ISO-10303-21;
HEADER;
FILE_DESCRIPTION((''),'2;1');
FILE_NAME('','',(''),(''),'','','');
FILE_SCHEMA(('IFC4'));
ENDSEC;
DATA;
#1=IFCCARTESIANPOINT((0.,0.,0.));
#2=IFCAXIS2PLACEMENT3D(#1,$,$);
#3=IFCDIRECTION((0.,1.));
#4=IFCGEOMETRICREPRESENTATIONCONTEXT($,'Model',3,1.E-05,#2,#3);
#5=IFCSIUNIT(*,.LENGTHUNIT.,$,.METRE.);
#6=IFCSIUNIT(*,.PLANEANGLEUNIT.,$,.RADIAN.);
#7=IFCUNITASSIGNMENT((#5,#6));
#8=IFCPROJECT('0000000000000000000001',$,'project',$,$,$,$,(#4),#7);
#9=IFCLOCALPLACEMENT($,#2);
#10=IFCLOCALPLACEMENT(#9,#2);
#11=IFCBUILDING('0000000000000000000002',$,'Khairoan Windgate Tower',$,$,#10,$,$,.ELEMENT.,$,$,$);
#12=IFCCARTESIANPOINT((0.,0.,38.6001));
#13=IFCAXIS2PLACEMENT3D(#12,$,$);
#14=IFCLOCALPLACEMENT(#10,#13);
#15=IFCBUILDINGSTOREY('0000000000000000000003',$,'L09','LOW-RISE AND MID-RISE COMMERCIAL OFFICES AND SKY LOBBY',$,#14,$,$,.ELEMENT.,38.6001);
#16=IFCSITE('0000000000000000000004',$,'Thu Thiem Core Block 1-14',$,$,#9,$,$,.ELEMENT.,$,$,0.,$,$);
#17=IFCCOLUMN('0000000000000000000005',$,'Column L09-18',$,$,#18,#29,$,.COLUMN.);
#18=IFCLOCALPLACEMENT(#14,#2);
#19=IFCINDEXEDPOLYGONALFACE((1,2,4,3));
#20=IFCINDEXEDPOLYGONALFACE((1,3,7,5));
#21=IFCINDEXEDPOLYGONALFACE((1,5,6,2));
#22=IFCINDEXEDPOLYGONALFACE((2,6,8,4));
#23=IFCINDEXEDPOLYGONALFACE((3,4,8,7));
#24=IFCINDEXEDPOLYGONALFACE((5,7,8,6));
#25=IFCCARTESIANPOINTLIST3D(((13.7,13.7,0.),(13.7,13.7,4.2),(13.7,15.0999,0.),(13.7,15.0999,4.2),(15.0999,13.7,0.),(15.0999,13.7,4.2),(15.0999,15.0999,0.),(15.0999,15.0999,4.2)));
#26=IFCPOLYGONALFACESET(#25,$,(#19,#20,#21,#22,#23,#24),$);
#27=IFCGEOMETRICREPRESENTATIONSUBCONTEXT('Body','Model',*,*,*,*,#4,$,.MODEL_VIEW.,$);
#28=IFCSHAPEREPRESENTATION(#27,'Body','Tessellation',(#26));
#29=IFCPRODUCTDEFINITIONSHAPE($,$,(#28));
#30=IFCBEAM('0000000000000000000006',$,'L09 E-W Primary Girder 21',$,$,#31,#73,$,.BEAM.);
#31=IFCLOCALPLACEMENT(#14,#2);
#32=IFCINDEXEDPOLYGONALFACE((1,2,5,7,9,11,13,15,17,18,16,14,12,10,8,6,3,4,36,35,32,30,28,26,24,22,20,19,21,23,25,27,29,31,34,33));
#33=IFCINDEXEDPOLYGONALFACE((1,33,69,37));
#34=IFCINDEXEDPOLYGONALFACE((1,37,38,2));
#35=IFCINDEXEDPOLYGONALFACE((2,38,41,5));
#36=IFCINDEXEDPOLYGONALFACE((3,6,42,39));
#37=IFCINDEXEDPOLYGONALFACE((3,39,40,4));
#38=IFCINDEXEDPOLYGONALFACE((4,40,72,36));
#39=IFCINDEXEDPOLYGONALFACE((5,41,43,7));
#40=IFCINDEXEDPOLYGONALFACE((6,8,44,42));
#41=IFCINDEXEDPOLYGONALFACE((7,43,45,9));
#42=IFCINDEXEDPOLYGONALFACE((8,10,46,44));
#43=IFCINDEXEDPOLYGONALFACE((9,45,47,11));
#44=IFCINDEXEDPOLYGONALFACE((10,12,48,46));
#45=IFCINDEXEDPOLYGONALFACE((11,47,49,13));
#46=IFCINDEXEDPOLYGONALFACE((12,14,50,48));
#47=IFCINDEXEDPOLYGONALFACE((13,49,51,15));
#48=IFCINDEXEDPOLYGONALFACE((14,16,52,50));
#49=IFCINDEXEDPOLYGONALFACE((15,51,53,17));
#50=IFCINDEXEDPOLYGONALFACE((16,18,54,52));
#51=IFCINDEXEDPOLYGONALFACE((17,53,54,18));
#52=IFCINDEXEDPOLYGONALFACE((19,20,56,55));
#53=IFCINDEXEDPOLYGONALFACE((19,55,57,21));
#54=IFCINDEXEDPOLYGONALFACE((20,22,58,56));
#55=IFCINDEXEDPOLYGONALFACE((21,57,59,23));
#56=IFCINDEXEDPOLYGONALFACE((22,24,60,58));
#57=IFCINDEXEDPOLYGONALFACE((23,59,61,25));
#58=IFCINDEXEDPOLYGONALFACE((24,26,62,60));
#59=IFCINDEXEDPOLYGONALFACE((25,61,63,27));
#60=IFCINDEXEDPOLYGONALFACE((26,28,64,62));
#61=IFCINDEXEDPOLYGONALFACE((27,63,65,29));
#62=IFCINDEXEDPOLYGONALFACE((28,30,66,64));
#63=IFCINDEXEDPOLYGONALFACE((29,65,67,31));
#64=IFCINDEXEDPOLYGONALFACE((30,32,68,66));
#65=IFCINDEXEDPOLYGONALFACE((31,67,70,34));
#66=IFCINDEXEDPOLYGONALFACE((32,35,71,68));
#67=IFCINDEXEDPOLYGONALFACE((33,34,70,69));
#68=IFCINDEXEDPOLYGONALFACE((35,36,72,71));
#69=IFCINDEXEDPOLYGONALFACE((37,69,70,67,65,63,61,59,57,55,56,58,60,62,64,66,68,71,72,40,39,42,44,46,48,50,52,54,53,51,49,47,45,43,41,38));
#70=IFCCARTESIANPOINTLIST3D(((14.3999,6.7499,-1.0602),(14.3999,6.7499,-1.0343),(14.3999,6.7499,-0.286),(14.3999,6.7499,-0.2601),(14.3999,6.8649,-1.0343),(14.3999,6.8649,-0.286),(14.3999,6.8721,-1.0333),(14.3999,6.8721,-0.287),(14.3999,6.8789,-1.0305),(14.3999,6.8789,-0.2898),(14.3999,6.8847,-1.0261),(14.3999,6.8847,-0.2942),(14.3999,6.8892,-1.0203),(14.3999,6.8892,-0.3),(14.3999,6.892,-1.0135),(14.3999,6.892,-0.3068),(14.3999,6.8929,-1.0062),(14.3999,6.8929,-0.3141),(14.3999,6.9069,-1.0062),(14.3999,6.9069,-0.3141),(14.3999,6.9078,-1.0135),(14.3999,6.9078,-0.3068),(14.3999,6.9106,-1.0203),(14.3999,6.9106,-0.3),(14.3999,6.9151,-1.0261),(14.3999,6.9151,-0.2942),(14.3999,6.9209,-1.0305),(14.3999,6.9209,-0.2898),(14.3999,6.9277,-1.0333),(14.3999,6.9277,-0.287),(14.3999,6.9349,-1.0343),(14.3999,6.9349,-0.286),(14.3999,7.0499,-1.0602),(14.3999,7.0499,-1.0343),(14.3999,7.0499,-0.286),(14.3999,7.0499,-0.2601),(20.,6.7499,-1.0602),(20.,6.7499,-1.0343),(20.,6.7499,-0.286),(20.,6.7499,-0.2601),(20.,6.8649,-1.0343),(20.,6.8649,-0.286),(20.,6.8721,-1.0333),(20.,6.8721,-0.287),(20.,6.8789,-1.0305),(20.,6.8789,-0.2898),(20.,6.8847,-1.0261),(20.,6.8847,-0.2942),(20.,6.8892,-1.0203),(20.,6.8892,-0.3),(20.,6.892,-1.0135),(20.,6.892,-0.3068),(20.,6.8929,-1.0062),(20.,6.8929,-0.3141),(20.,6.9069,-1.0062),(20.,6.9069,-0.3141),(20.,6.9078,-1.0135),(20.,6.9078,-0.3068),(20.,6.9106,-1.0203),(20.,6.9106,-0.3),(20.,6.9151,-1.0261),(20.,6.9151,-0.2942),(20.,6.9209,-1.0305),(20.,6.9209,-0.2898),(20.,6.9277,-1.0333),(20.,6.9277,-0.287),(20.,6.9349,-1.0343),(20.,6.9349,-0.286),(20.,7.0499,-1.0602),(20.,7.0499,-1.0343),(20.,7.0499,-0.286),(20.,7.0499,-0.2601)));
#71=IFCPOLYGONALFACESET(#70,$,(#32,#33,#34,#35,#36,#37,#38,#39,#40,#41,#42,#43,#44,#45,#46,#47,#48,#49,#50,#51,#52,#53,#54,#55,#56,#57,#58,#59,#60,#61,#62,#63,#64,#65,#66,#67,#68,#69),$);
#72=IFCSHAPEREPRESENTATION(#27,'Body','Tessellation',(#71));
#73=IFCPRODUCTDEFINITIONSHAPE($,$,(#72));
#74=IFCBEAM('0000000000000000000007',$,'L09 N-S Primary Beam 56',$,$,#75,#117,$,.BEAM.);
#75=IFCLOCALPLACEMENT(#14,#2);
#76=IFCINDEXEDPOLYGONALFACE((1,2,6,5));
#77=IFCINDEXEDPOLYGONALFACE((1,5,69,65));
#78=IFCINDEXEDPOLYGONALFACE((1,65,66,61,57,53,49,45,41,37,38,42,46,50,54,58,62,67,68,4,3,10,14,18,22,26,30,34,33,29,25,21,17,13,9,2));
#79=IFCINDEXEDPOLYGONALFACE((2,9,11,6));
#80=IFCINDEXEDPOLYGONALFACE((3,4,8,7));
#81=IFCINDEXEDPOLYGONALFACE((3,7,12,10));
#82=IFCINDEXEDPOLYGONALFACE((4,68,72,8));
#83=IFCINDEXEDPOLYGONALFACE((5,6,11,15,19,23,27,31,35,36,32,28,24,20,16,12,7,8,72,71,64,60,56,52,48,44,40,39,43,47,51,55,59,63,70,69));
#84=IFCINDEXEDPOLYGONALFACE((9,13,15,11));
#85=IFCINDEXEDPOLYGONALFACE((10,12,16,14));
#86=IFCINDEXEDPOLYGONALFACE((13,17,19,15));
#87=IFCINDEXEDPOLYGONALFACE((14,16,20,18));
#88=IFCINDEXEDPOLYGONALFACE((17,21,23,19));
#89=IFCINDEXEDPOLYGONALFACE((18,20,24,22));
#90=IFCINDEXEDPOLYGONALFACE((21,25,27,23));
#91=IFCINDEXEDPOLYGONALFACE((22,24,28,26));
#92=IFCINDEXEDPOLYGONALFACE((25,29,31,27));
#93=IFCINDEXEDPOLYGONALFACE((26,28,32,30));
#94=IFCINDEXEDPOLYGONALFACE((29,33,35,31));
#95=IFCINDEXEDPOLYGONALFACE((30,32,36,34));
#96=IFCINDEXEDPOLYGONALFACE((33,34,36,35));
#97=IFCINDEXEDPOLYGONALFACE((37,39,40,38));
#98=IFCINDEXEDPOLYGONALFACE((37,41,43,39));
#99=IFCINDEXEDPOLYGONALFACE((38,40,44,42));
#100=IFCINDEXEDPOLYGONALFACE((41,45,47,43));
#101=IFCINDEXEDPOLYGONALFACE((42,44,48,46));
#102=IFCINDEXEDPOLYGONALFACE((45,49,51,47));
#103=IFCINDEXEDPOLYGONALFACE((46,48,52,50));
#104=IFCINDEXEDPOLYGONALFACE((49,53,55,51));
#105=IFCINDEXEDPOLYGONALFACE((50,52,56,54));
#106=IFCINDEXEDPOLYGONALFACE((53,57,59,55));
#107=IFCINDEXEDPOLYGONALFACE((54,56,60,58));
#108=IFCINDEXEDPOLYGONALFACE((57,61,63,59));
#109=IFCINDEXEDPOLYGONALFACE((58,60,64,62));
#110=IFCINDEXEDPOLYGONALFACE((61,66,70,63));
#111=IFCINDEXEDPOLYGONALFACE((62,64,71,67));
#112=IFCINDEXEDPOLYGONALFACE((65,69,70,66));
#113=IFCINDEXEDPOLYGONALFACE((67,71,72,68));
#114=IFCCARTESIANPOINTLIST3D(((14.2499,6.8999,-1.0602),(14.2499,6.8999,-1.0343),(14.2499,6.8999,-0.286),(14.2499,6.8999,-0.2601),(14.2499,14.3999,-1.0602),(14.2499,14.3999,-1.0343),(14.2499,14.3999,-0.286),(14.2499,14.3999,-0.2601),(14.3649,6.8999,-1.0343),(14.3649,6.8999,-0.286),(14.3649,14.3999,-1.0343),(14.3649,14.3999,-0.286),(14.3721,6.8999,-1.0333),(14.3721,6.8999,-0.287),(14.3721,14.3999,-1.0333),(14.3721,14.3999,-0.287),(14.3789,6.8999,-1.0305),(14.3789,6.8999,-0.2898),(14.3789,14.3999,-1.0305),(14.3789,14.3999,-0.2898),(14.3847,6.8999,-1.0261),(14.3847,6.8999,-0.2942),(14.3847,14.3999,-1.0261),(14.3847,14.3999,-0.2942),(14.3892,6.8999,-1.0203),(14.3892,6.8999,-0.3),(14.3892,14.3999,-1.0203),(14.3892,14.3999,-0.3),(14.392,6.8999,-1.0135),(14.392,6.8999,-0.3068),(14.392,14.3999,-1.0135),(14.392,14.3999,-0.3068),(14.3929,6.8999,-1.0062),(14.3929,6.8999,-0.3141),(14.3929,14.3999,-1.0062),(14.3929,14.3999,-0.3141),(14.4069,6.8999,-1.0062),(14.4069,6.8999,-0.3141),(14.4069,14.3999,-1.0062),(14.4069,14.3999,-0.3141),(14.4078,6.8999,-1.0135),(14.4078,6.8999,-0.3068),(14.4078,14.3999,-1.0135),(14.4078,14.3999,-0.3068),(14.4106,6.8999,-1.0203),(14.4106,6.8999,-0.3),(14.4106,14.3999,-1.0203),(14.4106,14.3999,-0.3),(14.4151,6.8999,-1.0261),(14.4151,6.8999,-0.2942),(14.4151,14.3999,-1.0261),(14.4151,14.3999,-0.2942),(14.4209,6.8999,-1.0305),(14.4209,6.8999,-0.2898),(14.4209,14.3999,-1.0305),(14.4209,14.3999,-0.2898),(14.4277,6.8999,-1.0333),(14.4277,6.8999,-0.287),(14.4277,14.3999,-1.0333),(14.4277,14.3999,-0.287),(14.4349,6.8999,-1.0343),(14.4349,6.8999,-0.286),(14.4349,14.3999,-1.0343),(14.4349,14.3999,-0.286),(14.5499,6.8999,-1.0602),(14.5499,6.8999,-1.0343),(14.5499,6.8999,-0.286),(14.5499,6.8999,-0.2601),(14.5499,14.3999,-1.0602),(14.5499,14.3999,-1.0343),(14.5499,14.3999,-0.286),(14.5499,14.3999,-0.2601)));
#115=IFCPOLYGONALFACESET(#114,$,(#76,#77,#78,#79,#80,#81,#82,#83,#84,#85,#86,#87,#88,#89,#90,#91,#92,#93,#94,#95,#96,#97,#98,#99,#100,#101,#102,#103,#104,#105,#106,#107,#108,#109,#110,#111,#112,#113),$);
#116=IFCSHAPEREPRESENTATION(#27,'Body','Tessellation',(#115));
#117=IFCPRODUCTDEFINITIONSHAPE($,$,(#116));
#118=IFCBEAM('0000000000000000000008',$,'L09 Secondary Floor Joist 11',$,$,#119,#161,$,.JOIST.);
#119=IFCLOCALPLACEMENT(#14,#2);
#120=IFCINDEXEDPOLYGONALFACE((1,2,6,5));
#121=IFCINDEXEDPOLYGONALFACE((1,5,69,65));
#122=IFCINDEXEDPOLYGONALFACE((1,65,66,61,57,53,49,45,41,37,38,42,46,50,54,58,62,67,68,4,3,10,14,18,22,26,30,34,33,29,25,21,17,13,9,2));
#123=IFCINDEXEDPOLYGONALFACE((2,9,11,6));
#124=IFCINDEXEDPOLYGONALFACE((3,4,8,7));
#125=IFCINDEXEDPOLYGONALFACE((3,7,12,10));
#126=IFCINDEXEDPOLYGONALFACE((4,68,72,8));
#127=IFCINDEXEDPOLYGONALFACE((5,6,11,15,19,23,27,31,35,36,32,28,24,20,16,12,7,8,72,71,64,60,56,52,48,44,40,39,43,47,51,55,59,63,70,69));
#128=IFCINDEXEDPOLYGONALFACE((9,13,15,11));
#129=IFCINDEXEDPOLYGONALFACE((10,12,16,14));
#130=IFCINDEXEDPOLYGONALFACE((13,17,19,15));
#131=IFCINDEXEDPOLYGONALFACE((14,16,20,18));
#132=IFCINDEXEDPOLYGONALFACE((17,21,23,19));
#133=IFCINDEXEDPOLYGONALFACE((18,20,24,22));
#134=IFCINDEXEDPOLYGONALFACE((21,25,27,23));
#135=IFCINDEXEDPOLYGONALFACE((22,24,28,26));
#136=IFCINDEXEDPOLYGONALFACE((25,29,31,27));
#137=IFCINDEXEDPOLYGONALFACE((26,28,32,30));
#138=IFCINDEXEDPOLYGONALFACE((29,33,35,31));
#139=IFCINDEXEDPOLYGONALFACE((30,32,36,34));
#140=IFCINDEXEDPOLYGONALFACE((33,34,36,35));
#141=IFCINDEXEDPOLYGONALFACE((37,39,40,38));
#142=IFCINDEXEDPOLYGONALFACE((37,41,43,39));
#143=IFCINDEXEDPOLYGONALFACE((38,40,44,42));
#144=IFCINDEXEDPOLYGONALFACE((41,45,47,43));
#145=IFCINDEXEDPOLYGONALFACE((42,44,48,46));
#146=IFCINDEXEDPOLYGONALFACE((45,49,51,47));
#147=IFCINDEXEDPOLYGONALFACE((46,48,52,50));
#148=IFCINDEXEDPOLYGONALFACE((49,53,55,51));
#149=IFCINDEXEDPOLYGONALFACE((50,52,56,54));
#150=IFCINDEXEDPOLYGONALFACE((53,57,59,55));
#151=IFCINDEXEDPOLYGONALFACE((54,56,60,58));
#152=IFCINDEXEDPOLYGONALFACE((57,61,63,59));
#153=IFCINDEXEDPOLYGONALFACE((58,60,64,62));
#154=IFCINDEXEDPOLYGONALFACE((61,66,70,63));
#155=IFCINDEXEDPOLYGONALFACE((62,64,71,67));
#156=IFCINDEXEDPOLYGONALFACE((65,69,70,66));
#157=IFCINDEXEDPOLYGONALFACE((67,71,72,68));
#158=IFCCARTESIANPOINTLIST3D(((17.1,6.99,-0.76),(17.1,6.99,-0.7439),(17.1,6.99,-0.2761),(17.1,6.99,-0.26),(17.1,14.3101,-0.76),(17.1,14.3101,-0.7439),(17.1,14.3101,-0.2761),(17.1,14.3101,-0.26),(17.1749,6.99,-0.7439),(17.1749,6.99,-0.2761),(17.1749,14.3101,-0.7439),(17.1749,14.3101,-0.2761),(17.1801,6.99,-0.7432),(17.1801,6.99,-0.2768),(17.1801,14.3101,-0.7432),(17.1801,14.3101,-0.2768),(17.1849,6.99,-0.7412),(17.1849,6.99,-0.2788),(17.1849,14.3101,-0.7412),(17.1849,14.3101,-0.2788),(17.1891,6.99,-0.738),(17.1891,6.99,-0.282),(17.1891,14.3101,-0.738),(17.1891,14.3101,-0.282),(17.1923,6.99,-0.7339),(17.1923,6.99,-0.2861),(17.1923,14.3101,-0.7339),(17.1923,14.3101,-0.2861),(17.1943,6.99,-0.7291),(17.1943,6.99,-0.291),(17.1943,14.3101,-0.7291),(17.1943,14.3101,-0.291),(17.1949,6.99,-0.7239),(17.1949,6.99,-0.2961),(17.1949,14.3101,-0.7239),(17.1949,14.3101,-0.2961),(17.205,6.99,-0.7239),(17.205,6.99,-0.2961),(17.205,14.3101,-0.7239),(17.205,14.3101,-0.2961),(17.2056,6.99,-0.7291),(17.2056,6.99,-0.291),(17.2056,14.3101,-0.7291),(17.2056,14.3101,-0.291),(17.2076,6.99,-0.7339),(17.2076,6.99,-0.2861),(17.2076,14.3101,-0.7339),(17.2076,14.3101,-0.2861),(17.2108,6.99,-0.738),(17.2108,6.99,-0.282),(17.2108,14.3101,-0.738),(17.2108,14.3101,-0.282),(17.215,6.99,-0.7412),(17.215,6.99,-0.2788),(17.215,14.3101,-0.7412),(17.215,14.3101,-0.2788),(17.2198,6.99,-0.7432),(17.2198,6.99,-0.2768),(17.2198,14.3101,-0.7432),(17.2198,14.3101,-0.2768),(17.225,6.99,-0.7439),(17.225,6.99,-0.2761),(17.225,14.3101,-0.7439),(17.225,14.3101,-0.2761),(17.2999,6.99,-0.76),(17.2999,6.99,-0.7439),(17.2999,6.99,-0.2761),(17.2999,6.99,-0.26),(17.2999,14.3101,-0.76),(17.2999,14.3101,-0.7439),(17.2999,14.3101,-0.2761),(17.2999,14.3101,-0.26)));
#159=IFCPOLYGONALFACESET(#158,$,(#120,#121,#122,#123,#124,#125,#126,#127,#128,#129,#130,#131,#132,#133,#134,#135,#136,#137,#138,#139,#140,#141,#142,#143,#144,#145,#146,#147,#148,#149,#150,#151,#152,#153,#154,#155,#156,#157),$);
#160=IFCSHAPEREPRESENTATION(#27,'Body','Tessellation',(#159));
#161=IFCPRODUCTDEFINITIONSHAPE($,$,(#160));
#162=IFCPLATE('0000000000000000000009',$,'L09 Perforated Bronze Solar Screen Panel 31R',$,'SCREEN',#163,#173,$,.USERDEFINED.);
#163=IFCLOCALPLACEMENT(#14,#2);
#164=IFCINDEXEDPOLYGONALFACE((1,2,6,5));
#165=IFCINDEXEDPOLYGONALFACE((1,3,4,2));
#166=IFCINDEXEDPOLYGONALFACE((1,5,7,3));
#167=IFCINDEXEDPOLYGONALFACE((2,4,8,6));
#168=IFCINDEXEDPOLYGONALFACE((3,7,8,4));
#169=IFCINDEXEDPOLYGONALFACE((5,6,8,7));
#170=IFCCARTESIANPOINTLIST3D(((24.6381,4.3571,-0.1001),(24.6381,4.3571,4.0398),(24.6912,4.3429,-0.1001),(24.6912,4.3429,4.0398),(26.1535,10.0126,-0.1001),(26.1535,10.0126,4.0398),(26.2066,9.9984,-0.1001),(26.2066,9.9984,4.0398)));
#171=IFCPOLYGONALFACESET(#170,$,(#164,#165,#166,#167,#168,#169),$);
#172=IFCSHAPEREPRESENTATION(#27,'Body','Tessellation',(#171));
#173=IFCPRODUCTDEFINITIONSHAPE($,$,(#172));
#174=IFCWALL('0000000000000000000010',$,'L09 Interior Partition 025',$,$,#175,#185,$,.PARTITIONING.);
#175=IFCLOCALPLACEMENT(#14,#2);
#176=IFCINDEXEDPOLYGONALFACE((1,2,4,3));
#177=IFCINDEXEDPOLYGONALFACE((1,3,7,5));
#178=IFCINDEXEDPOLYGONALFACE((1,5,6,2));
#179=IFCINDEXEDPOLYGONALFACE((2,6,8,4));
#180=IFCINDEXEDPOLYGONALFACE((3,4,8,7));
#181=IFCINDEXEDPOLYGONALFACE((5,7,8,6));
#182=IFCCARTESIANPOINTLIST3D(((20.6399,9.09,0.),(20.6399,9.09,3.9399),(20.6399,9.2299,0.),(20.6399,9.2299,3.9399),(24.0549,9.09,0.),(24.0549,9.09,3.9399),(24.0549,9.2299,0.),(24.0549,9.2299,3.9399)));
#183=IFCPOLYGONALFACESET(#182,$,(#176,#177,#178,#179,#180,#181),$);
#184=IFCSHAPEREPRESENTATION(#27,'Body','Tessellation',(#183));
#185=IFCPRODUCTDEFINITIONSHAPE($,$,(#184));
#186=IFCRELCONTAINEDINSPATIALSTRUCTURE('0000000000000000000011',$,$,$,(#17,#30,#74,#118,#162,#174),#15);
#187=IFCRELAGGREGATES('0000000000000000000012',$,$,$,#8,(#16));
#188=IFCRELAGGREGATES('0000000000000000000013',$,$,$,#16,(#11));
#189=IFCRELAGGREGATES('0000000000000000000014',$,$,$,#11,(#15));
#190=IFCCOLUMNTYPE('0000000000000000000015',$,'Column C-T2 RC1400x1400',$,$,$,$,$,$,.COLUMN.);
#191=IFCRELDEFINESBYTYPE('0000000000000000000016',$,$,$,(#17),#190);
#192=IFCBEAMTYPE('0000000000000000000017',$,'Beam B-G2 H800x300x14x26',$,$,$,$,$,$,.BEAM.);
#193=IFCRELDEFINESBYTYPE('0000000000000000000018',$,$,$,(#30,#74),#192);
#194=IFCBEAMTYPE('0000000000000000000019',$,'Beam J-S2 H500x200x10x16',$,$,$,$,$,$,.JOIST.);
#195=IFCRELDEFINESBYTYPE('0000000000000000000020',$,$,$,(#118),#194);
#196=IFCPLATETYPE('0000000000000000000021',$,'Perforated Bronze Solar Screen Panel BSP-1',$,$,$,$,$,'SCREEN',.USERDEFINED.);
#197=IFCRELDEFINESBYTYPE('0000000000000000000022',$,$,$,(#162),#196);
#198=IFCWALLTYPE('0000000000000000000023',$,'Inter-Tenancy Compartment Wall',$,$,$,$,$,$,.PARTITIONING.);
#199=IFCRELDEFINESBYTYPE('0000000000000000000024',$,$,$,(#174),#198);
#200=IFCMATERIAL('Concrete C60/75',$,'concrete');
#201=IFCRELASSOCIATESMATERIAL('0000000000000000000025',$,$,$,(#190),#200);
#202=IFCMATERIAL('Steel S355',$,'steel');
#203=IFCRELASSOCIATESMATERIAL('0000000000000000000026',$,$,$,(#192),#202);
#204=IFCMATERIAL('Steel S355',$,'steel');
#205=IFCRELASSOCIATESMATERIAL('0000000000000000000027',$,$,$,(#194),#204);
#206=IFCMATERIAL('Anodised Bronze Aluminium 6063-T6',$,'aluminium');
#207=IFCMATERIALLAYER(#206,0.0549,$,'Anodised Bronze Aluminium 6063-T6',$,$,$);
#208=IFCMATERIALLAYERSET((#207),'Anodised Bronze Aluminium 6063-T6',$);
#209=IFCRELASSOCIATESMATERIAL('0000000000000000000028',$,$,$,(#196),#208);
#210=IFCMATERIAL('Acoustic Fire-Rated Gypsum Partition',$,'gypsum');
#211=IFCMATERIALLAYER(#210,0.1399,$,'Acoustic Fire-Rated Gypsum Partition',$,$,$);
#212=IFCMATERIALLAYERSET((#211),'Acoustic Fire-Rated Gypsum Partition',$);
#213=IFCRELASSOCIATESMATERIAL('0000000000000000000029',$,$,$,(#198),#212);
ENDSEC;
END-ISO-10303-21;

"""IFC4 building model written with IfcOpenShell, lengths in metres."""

from ifc_helpers import new_model, si_unit, direction, frame, frame_2d, origin, origin_2d, place, context, subcontext, project, spatial, rectangle, i_section, extrude, material, layer, layer_set, material_profile, profile_set, type_object, element, save


model = new_model("IFC4")

# Units and contexts
model_context = context("Model", 3, precision=1e-05, world=origin(), true_north=direction((0.0, 1.0)))
body_context = subcontext(model_context, "Body", "Model", "MODEL_VIEW")
ifc_project = project(units=[si_unit("LENGTHUNIT", "METRE"), si_unit("PLANEANGLEUNIT", "RADIAN")], contexts=[model_context])

# Site, building, storey
site_placement = place(None, origin())
site = spatial("IfcSite", under=ifc_project, at=site_placement, Name="Thu Thiem Core Block 1-14", CompositionType="ELEMENT", RefElevation=0.0)
building_placement = place(site_placement, origin())
building = spatial("IfcBuilding", under=site, at=building_placement, Name="Khairoan Windgate Tower", CompositionType="ELEMENT")
storey_placement = place(building_placement, frame((0.0, 0.0, 38.6001)))
storey = spatial("IfcBuildingStorey", under=building, at=storey_placement, Name="L09", Description="LOW-RISE AND MID-RISE COMMERCIAL OFFICES AND SKY LOBBY", CompositionType="ELEMENT", Elevation=38.6001)

# Column
ifc_material_1 = material(Name="Concrete C60/75", Category="concrete")
ifc_material_profile_1 = material_profile(ifc_material_1, rectangle(XDim=1.3999, YDim=1.3999, at=origin_2d()))
ifc_profile_set_1 = profile_set([ifc_material_profile_1], Name="Concrete C60/75")
column_type = type_object("IfcColumnType", Name="Column C-T2 RC1400x1400", PredefinedType="COLUMN", material=ifc_profile_set_1)
column_placement = place(storey_placement, frame((14.3999, 14.3999, 0.0), z_axis=(0.0, 0.0, 1.0), x_axis=(1.0, 0.0, 0.0)))
element("IfcColumn", 1, at=column_placement, inside=storey, type_object=column_type, Name="Column L09-18", PredefinedType="COLUMN", context=body_context, shape_type="SweptSolid", body=[
    extrude(rectangle(XDim=1.3999, YDim=1.3999, at=origin_2d()), origin(), (0.0, 0.0, 1.0), 4.2),
])

# Beams
ifc_material_2 = material(Name="Steel S355", Category="steel")
ifc_material_profile_2 = material_profile(ifc_material_2, i_section(OverallWidth=0.3, OverallDepth=0.8, WebThickness=0.0139, FlangeThickness=0.0259, FilletRadius=0.0281, at=origin_2d()))
ifc_profile_set_2 = profile_set([ifc_material_profile_2], Name="Steel S355")
beam_type_1 = type_object("IfcBeamType", Name="Beam B-G2 H800x300x14x26", PredefinedType="BEAM", material=ifc_profile_set_2)
beam_1_placement = place(storey_placement, frame((14.3999, 6.8999, -0.6602), z_axis=(1.0, 0.0, 0.0), x_axis=(0.0, 1.0, 0.0)))
element("IfcBeam", 2, at=beam_1_placement, inside=storey, type_object=beam_type_1, Name="L09 E-W Primary Girder 21", PredefinedType="BEAM", context=body_context, shape_type="SweptSolid", body=[
    extrude(i_section(OverallWidth=0.3, OverallDepth=0.8, WebThickness=0.0139, FlangeThickness=0.0259, FilletRadius=0.0281, at=origin_2d()), origin(), (0.0, 0.0, 1.0), 5.6001),
])
beam_2_placement = place(storey_placement, frame((14.3999, 6.8999, -0.6602), z_axis=(0.0, 1.0, 0.0), x_axis=(-1.0, 0.0, 0.0)))
element("IfcBeam", 3, at=beam_2_placement, inside=storey, type_object=beam_type_1, Name="L09 N-S Primary Beam 56", PredefinedType="BEAM", context=body_context, shape_type="SweptSolid", body=[
    extrude(i_section(OverallWidth=0.3, OverallDepth=0.8, WebThickness=0.0139, FlangeThickness=0.0259, FilletRadius=0.0281, at=origin_2d()), origin(), (0.0, 0.0, 1.0), 7.5),
])
ifc_material_3 = material(Name="Steel S355", Category="steel")
ifc_material_profile_3 = material_profile(ifc_material_3, i_section(OverallWidth=0.2, OverallDepth=0.5, WebThickness=0.01, FlangeThickness=0.0161, FilletRadius=0.02, at=origin_2d()))
ifc_profile_set_3 = profile_set([ifc_material_profile_3], Name="Steel S355")
beam_type_2 = type_object("IfcBeamType", Name="Beam J-S2 H500x200x10x16", PredefinedType="JOIST", material=ifc_profile_set_3)
beam_3_placement = place(storey_placement, frame((17.2, 6.99, -0.51), z_axis=(0.0, 1.0, 0.0), x_axis=(-1.0, 0.0, 0.0)))
element("IfcBeam", 4, at=beam_3_placement, inside=storey, type_object=beam_type_2, Name="L09 Secondary Floor Joist 11", PredefinedType="JOIST", context=body_context, shape_type="SweptSolid", body=[
    extrude(i_section(OverallWidth=0.2, OverallDepth=0.5, WebThickness=0.01, FlangeThickness=0.0161, FilletRadius=0.02, at=origin_2d()), origin(), (0.0, 0.0, 1.0), 7.3201),
])

# Plate
ifc_material_4 = material(Name="Anodised Bronze Aluminium 6063-T6", Category="aluminium")
ifc_layer_1 = layer(ifc_material_4, 0.0549, Name="Anodised Bronze Aluminium 6063-T6")
ifc_layer_set_1 = layer_set([ifc_layer_1], Name="Anodised Bronze Aluminium 6063-T6")
plate_type = type_object("IfcPlateType", Name="Perforated Bronze Solar Screen Panel BSP-1", ElementType="SCREEN", PredefinedType="USERDEFINED", material=ifc_layer_set_1)
plate_placement = place(storey_placement, frame((25.4224, 7.1777, -0.1001), z_axis=(0.0, 0.0, 1.0), x_axis=(-0.258819, -0.965926, 0.0)))
element("IfcPlate", 5, at=plate_placement, inside=storey, type_object=plate_type, Name="L09 Perforated Bronze Solar Screen Panel 31R", ObjectType="SCREEN", PredefinedType="USERDEFINED", context=body_context, shape_type="SweptSolid", body=[
    extrude(rectangle(XDim=5.855, YDim=0.0549, at=origin_2d()), origin(), (0.0, 0.0, 1.0), 4.1399),
])

# Wall
ifc_material_5 = material(Name="Acoustic Fire-Rated Gypsum Partition", Category="gypsum")
ifc_layer_2 = layer(ifc_material_5, 0.1399, Name="Acoustic Fire-Rated Gypsum Partition")
ifc_layer_set_2 = layer_set([ifc_layer_2], Name="Acoustic Fire-Rated Gypsum Partition")
wall_type_1 = type_object("IfcWallType", Name="Inter-Tenancy Compartment Wall", PredefinedType="PARTITIONING", material=ifc_layer_set_2)
wall_1_placement = place(storey_placement, frame((20.6399, 9.1599, 0.0), z_axis=(0.0, 0.0, 1.0), x_axis=(1.0, 0.0, 0.0)))
element("IfcWall", 6, at=wall_1_placement, inside=storey, type_object=wall_type_1, Name="L09 Interior Partition 025", PredefinedType="PARTITIONING", context=body_context, shape_type="SweptSolid", body=[
    extrude(rectangle(XDim=3.415, YDim=0.1399, at=frame_2d((1.7075, 0.0))), origin(), (0.0, 0.0, 1.0), 3.9399),
])

save(model, "model.ifc")
